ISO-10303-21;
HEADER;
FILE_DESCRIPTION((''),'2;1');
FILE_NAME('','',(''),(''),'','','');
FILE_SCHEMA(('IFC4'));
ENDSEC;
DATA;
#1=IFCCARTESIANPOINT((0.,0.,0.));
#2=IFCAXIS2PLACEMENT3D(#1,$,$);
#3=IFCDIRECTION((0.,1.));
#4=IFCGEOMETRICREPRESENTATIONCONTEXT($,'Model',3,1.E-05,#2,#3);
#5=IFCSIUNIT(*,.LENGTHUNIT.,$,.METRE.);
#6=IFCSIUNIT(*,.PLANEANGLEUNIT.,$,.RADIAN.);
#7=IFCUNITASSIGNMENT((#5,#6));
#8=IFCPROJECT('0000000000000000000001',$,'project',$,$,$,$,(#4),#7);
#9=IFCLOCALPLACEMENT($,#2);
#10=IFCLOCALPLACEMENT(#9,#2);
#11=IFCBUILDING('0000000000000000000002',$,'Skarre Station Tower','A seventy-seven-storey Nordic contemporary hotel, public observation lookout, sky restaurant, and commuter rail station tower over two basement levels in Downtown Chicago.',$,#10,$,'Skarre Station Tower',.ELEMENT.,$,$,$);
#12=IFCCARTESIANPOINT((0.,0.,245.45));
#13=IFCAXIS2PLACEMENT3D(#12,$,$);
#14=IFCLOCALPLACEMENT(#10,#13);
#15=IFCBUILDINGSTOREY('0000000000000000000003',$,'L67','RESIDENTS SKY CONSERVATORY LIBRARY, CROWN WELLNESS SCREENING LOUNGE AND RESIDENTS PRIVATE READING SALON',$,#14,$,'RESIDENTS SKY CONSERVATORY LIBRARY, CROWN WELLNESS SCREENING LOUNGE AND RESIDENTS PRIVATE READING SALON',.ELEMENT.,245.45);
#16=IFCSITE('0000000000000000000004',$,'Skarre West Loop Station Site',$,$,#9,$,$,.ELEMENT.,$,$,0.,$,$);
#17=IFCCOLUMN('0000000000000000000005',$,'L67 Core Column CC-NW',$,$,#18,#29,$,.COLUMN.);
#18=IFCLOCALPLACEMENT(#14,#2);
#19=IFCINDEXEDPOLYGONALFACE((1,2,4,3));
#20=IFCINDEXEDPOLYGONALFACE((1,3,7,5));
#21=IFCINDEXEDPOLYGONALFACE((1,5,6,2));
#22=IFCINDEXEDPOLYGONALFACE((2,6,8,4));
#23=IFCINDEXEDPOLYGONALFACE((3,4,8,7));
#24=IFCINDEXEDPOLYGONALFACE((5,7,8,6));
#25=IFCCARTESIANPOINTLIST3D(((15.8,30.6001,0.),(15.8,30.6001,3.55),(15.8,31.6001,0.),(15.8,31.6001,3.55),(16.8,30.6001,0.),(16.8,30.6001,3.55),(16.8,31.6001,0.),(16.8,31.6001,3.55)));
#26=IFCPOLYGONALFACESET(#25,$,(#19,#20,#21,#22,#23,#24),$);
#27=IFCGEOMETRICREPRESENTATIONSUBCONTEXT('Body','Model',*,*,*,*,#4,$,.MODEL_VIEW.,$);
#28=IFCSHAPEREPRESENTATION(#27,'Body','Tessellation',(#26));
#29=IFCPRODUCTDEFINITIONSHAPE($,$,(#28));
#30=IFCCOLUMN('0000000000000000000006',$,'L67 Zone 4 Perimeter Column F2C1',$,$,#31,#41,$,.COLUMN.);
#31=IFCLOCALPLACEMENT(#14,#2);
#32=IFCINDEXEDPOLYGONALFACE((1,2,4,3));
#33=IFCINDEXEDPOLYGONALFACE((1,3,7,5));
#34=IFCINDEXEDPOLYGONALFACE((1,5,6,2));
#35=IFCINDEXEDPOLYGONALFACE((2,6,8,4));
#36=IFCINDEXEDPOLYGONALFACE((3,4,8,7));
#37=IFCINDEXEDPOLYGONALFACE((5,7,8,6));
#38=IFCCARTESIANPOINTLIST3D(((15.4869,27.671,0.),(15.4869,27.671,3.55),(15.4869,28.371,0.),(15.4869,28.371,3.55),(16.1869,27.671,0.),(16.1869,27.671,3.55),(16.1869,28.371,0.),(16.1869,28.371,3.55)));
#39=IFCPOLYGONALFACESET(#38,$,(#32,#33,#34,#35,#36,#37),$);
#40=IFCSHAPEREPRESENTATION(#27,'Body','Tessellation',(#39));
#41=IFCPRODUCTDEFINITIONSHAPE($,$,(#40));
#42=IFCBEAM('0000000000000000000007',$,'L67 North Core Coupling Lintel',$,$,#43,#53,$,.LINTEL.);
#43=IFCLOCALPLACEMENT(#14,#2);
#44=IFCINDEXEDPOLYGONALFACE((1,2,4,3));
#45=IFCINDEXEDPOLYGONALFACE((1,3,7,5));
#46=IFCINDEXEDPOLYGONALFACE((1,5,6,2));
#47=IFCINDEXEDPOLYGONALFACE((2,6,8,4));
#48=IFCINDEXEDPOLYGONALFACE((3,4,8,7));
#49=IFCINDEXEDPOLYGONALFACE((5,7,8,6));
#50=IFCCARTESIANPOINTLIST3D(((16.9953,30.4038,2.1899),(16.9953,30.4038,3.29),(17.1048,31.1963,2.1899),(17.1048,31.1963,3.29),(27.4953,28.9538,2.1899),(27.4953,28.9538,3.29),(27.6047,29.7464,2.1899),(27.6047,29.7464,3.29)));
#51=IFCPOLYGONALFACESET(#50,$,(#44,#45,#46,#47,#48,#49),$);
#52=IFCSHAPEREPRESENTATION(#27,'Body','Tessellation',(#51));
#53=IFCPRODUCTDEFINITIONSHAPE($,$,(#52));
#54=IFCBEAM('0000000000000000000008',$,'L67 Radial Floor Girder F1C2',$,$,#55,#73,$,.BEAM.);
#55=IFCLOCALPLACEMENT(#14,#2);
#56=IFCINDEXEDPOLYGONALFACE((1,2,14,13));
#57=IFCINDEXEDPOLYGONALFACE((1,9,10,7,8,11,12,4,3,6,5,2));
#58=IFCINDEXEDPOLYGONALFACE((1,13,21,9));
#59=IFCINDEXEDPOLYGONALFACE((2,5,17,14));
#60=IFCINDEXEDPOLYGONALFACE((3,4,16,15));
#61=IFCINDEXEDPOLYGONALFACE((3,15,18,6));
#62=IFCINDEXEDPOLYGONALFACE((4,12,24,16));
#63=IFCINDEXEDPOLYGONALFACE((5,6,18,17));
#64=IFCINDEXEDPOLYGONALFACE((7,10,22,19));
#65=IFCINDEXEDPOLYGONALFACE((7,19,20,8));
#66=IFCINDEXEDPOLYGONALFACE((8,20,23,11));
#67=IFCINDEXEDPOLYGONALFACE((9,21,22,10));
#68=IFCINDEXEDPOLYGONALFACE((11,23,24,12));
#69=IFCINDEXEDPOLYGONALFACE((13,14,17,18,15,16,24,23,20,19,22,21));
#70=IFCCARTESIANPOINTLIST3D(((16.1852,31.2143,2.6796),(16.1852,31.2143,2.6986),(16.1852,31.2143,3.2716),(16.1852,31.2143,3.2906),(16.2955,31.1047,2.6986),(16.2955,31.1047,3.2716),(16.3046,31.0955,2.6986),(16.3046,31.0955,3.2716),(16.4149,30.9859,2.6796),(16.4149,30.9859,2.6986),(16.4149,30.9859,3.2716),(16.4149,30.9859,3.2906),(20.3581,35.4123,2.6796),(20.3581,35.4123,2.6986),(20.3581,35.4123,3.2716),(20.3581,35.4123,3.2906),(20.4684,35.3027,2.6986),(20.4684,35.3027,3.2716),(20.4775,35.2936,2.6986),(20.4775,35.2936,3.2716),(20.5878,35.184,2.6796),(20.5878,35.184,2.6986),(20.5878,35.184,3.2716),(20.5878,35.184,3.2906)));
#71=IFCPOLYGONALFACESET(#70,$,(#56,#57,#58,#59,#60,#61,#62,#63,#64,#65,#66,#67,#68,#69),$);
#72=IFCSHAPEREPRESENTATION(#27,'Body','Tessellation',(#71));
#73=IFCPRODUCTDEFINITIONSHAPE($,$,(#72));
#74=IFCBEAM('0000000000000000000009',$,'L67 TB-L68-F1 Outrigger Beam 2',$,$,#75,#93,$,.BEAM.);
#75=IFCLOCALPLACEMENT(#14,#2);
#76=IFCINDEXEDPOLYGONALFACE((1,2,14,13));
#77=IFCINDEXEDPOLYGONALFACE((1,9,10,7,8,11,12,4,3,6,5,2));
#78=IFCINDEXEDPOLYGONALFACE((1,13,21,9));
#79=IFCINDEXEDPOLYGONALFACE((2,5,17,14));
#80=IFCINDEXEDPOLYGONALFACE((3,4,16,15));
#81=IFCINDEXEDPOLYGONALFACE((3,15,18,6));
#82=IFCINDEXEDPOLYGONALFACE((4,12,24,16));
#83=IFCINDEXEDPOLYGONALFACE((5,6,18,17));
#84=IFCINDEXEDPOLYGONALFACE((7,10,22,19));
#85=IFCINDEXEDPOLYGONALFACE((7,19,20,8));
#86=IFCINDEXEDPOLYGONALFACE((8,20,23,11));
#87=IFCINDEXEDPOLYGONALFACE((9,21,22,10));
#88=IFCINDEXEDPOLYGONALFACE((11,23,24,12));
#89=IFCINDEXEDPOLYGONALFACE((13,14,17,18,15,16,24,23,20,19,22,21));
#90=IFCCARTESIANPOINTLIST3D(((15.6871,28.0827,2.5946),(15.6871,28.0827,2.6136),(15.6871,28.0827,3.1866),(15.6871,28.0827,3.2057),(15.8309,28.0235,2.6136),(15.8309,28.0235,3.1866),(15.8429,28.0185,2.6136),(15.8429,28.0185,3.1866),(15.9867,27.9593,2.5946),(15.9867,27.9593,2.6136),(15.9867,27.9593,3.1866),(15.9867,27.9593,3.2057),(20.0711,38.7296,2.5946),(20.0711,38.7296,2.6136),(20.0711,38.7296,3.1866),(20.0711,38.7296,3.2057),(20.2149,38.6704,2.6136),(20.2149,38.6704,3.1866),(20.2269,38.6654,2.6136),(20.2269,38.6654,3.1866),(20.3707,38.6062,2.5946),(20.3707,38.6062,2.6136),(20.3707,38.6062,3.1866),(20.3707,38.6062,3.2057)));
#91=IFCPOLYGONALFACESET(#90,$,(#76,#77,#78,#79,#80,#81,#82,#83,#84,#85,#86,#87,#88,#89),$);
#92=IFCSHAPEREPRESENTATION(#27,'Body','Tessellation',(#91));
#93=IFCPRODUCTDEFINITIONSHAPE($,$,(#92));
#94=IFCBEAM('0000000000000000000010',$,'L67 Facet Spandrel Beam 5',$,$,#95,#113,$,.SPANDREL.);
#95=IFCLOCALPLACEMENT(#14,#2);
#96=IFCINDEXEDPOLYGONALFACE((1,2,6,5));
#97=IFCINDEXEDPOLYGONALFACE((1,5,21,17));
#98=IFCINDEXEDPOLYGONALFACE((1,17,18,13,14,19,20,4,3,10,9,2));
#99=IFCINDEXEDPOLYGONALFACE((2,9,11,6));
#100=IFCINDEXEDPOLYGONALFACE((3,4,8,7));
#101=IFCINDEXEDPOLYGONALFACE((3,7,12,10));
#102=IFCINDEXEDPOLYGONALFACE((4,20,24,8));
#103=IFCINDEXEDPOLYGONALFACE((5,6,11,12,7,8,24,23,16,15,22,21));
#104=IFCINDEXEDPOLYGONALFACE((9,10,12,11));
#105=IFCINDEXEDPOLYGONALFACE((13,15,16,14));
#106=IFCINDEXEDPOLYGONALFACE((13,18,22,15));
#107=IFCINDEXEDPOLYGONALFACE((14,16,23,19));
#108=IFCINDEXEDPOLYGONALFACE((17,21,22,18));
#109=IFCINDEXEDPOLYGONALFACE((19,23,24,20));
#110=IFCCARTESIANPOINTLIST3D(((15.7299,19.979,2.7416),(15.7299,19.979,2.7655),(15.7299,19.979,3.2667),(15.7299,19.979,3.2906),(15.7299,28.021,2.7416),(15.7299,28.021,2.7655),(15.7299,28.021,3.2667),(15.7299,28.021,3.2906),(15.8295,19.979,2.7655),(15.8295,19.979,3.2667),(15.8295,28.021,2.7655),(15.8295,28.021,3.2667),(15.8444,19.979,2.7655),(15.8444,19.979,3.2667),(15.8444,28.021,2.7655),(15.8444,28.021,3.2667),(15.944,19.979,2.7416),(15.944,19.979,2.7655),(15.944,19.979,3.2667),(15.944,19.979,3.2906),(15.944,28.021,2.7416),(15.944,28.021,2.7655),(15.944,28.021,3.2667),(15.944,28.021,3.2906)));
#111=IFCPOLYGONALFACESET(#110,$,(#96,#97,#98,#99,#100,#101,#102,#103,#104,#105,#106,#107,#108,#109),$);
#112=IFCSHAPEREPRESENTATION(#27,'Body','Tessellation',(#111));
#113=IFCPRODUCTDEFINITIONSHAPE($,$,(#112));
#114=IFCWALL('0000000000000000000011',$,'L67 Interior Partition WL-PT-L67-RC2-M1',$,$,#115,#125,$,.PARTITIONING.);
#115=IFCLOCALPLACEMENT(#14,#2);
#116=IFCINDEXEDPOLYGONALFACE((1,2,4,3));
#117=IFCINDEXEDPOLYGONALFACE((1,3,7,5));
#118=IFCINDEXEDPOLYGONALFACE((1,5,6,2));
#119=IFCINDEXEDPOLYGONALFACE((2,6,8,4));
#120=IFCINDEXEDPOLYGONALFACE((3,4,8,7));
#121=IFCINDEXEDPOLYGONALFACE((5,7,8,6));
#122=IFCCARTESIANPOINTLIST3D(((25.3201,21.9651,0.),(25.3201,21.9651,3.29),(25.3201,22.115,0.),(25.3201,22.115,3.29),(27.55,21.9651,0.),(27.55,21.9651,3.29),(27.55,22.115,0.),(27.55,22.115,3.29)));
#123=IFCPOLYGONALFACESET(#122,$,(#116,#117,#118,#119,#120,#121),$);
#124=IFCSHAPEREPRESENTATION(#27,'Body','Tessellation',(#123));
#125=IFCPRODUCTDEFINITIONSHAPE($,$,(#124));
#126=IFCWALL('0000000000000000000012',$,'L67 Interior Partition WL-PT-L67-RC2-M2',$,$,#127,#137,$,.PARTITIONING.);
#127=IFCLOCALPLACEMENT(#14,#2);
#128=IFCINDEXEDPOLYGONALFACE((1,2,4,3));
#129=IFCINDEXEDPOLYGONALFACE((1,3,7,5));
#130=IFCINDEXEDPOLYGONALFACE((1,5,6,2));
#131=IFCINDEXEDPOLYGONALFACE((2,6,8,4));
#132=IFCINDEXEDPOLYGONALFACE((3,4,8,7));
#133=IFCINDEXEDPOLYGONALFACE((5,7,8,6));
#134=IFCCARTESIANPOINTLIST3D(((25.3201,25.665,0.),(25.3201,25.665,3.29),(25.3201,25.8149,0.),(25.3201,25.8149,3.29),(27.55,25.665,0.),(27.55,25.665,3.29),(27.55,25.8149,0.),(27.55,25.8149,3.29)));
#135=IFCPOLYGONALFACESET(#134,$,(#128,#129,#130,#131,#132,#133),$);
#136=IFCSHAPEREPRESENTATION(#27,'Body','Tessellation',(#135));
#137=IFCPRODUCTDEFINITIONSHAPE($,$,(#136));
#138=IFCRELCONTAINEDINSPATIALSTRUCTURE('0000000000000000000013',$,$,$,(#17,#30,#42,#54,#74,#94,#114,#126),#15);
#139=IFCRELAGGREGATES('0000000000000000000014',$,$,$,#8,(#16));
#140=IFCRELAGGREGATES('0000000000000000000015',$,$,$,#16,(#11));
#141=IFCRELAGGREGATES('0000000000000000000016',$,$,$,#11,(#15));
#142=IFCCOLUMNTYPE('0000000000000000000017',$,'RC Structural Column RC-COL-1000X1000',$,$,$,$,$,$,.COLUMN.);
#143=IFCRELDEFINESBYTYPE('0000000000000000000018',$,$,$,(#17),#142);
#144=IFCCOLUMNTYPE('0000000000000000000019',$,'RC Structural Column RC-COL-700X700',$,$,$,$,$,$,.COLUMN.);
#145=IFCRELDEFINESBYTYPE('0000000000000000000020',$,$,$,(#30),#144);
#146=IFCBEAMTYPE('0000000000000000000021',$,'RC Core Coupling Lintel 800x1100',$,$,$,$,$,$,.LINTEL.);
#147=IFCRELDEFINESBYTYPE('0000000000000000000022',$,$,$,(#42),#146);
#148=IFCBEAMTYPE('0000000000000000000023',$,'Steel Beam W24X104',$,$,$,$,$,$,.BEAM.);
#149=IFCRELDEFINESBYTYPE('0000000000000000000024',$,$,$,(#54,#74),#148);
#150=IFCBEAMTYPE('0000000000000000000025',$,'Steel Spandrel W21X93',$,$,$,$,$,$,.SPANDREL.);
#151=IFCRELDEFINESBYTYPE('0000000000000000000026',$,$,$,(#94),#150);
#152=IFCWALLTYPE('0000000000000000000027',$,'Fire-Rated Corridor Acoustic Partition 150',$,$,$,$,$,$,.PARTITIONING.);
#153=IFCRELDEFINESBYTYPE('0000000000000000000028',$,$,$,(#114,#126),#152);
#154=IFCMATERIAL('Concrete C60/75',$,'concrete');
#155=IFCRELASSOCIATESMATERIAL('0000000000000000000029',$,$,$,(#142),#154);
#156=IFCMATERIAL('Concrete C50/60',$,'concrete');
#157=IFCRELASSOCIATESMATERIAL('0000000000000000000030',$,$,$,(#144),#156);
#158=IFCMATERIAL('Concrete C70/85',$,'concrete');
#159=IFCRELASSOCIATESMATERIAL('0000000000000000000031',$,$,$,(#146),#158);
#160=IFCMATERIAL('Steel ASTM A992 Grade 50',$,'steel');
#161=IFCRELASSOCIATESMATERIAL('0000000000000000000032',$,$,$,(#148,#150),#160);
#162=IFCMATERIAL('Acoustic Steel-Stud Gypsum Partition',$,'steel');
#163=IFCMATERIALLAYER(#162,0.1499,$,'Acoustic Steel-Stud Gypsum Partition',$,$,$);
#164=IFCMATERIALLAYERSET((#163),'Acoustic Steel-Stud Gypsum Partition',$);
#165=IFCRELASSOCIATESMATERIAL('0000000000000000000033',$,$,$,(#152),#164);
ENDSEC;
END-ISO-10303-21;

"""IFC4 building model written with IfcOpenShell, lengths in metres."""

from ifc_helpers import new_model, si_unit, direction, frame, frame_2d, origin, origin_2d, place, context, subcontext, project, spatial, rectangle, i_section, extrude, material, layer, layer_set, material_profile, profile_set, type_object, element, save


model = new_model("IFC4")

# Units and contexts
model_context = context("Model", 3, precision=1e-05, world=origin(), true_north=direction((0.0, 1.0)))
body_context = subcontext(model_context, "Body", "Model", "MODEL_VIEW")
ifc_project = project(units=[si_unit("LENGTHUNIT", "METRE"), si_unit("PLANEANGLEUNIT", "RADIAN")], contexts=[model_context])

# Site, building, storey
site_placement = place(None, origin())
site = spatial("IfcSite", under=ifc_project, at=site_placement, Name="Skarre West Loop Station Site", CompositionType="ELEMENT", RefElevation=0.0)
building_placement = place(site_placement, origin())
building = spatial("IfcBuilding", under=site, at=building_placement, Name="Skarre Station Tower", Description="A seventy-seven-storey Nordic contemporary hotel, public observation lookout, sky restaurant, and commuter rail station tower over two basement levels in Downtown Chicago.", LongName="Skarre Station Tower", CompositionType="ELEMENT")
storey_placement = place(building_placement, frame((0.0, 0.0, 245.45)))
storey = spatial("IfcBuildingStorey", under=building, at=storey_placement, Name="L67", Description="RESIDENTS SKY CONSERVATORY LIBRARY, CROWN WELLNESS SCREENING LOUNGE AND RESIDENTS PRIVATE READING SALON", LongName="RESIDENTS SKY CONSERVATORY LIBRARY, CROWN WELLNESS SCREENING LOUNGE AND RESIDENTS PRIVATE READING SALON", CompositionType="ELEMENT", Elevation=245.45)

# Columns
ifc_material_1 = material(Name="Concrete C60/75", Category="concrete")
ifc_material_profile_1 = material_profile(ifc_material_1, rectangle(XDim=1.0, YDim=1.0, at=origin_2d()), Name="Concrete C60/75")
ifc_profile_set_1 = profile_set([ifc_material_profile_1], Name="Concrete C60/75")
column_type_1 = type_object("IfcColumnType", Name="RC Structural Column RC-COL-1000X1000", PredefinedType="COLUMN", material=ifc_profile_set_1)
column_1_placement = place(storey_placement, frame((16.3, 31.1001, 0.0), z_axis=(0.0, 0.0, 1.0), x_axis=(1.0, 0.0, 0.0)))
element("IfcColumn", 1, at=column_1_placement, inside=storey, type_object=column_type_1, Name="L67 Core Column CC-NW", PredefinedType="COLUMN", context=body_context, shape_type="SweptSolid", body=[
    extrude(rectangle(XDim=1.0, YDim=1.0, at=origin_2d()), origin(), (0.0, 0.0, 1.0), 3.55),
])
ifc_material_2 = material(Name="Concrete C50/60", Category="concrete")
ifc_material_profile_2 = material_profile(ifc_material_2, rectangle(XDim=0.7, YDim=0.7, at=origin_2d()), Name="Concrete C50/60")
ifc_profile_set_2 = profile_set([ifc_material_profile_2], Name="Concrete C50/60")
column_type_2 = type_object("IfcColumnType", Name="RC Structural Column RC-COL-700X700", PredefinedType="COLUMN", material=ifc_profile_set_2)
column_2_placement = place(storey_placement, frame((15.8369, 28.021, 0.0), z_axis=(0.0, 0.0, 1.0), x_axis=(1.0, 0.0, 0.0)))
element("IfcColumn", 2, at=column_2_placement, inside=storey, type_object=column_type_2, Name="L67 Zone 4 Perimeter Column F2C1", PredefinedType="COLUMN", context=body_context, shape_type="SweptSolid", body=[
    extrude(rectangle(XDim=0.7, YDim=0.7, at=origin_2d()), origin(), (0.0, 0.0, 1.0), 3.55),
])

# Beams
ifc_material_3 = material(Name="Concrete C70/85", Category="concrete")
ifc_material_profile_3 = material_profile(ifc_material_3, rectangle(XDim=0.8, YDim=1.1001, at=origin_2d()), Name="Concrete C70/85")
ifc_profile_set_3 = profile_set([ifc_material_profile_3], Name="Concrete C70/85")
beam_type_1 = type_object("IfcBeamType", Name="RC Core Coupling Lintel 800x1100", PredefinedType="LINTEL", material=ifc_profile_set_3)
beam_1_placement = place(storey_placement, frame((17.05, 30.8, 2.74), z_axis=(0.9906, -0.136792, 0.0), x_axis=(0.136792, 0.9906, 0.0)))
element("IfcBeam", 3, at=beam_1_placement, inside=storey, type_object=beam_type_1, Name="L67 North Core Coupling Lintel", PredefinedType="LINTEL", context=body_context, shape_type="SweptSolid", body=[
    extrude(rectangle(XDim=0.8, YDim=1.1001, at=origin_2d()), origin(), (0.0, 0.0, 1.0), 10.5996),
])
ifc_material_4 = material(Name="Steel ASTM A992 Grade 50", Category="steel")
ifc_material_profile_4 = material_profile(ifc_material_4, i_section(OverallWidth=0.324, OverallDepth=0.6111, WebThickness=0.0129, FlangeThickness=0.019, at=origin_2d()), Name="Steel ASTM A992 Grade 50")
ifc_profile_set_4 = profile_set([ifc_material_profile_4], Name="Steel ASTM A992 Grade 50")
beam_type_2 = type_object("IfcBeamType", Name="Steel Beam W24X104", PredefinedType="BEAM", material=ifc_profile_set_4)
beam_2_placement = place(storey_placement, frame((16.3, 31.1001, 2.9851), z_axis=(0.704979, 0.709228, 0.0), x_axis=(-0.709228, 0.704979, 0.0)))
element("IfcBeam", 4, at=beam_2_placement, inside=storey, type_object=beam_type_2, Name="L67 Radial Floor Girder F1C2", PredefinedType="BEAM", context=body_context, shape_type="SweptSolid", body=[
    extrude(i_section(OverallWidth=0.324, OverallDepth=0.6111, WebThickness=0.0129, FlangeThickness=0.019, at=origin_2d()), origin(), (0.0, 0.0, 1.0), 5.9192),
])
beam_3_placement = place(storey_placement, frame((15.8369, 28.021, 2.9001), z_axis=(0.380749, 0.924679, 0.0), x_axis=(-0.924679, 0.380749, 0.0)))
element("IfcBeam", 5, at=beam_3_placement, inside=storey, type_object=beam_type_2, Name="L67 TB-L68-F1 Outrigger Beam 2", PredefinedType="BEAM", context=body_context, shape_type="SweptSolid", body=[
    extrude(i_section(OverallWidth=0.324, OverallDepth=0.6111, WebThickness=0.0129, FlangeThickness=0.019, at=origin_2d()), origin(), (0.0, 0.0, 1.0), 11.5142),
])
ifc_material_profile_5 = material_profile(ifc_material_4, i_section(OverallWidth=0.2141, OverallDepth=0.5491, WebThickness=0.0149, FlangeThickness=0.0239, at=origin_2d()), Name="Steel ASTM A992 Grade 50")
ifc_profile_set_5 = profile_set([ifc_material_profile_5], Name="Steel ASTM A992 Grade 50")
beam_type_3 = type_object("IfcBeamType", Name="Steel Spandrel W21X93", PredefinedType="SPANDREL", material=ifc_profile_set_5)
beam_4_placement = place(storey_placement, frame((15.8369, 28.021, 3.0161), z_axis=(0.0, -1.0, 0.0), x_axis=(1.0, 0.0, 0.0)))
element("IfcBeam", 6, at=beam_4_placement, inside=storey, type_object=beam_type_3, Name="L67 Facet Spandrel Beam 5", PredefinedType="SPANDREL", context=body_context, shape_type="SweptSolid", body=[
    extrude(i_section(OverallWidth=0.2141, OverallDepth=0.5491, WebThickness=0.0149, FlangeThickness=0.0239, at=origin_2d()), origin(), (0.0, 0.0, 1.0), 8.042),
])

# Walls
ifc_material_5 = material(Name="Acoustic Steel-Stud Gypsum Partition", Category="steel")
ifc_layer_1 = layer(ifc_material_5, 0.1499, Name="Acoustic Steel-Stud Gypsum Partition")
ifc_layer_set_1 = layer_set([ifc_layer_1], Name="Acoustic Steel-Stud Gypsum Partition")
wall_type_1 = type_object("IfcWallType", Name="Fire-Rated Corridor Acoustic Partition 150", PredefinedType="PARTITIONING", material=ifc_layer_set_1)
for number, where, z_axis, x_axis, name in (
    (7, (25.3201, 22.04, 0.0), (0.0, 0.0, 1.0), (1.0, 0.0, 0.0), "L67 Interior Partition WL-PT-L67-RC2-M1"),
    (8, (25.3201, 25.74, 0.0), (0.0, 0.0, 1.0), (1.0, 0.0, 0.0), "L67 Interior Partition WL-PT-L67-RC2-M2"),
):
    element("IfcWall", number, at=place(storey_placement, frame(where, z_axis=z_axis, x_axis=x_axis)), inside=storey, type_object=wall_type_1, Name=name, PredefinedType="PARTITIONING", context=body_context, shape_type="SweptSolid", body=[
        extrude(rectangle(XDim=2.23, YDim=0.1499, at=frame_2d((1.115, 0.0))), origin(), (0.0, 0.0, 1.0), 3.29),
    ])

save(model, "model.ifc")
